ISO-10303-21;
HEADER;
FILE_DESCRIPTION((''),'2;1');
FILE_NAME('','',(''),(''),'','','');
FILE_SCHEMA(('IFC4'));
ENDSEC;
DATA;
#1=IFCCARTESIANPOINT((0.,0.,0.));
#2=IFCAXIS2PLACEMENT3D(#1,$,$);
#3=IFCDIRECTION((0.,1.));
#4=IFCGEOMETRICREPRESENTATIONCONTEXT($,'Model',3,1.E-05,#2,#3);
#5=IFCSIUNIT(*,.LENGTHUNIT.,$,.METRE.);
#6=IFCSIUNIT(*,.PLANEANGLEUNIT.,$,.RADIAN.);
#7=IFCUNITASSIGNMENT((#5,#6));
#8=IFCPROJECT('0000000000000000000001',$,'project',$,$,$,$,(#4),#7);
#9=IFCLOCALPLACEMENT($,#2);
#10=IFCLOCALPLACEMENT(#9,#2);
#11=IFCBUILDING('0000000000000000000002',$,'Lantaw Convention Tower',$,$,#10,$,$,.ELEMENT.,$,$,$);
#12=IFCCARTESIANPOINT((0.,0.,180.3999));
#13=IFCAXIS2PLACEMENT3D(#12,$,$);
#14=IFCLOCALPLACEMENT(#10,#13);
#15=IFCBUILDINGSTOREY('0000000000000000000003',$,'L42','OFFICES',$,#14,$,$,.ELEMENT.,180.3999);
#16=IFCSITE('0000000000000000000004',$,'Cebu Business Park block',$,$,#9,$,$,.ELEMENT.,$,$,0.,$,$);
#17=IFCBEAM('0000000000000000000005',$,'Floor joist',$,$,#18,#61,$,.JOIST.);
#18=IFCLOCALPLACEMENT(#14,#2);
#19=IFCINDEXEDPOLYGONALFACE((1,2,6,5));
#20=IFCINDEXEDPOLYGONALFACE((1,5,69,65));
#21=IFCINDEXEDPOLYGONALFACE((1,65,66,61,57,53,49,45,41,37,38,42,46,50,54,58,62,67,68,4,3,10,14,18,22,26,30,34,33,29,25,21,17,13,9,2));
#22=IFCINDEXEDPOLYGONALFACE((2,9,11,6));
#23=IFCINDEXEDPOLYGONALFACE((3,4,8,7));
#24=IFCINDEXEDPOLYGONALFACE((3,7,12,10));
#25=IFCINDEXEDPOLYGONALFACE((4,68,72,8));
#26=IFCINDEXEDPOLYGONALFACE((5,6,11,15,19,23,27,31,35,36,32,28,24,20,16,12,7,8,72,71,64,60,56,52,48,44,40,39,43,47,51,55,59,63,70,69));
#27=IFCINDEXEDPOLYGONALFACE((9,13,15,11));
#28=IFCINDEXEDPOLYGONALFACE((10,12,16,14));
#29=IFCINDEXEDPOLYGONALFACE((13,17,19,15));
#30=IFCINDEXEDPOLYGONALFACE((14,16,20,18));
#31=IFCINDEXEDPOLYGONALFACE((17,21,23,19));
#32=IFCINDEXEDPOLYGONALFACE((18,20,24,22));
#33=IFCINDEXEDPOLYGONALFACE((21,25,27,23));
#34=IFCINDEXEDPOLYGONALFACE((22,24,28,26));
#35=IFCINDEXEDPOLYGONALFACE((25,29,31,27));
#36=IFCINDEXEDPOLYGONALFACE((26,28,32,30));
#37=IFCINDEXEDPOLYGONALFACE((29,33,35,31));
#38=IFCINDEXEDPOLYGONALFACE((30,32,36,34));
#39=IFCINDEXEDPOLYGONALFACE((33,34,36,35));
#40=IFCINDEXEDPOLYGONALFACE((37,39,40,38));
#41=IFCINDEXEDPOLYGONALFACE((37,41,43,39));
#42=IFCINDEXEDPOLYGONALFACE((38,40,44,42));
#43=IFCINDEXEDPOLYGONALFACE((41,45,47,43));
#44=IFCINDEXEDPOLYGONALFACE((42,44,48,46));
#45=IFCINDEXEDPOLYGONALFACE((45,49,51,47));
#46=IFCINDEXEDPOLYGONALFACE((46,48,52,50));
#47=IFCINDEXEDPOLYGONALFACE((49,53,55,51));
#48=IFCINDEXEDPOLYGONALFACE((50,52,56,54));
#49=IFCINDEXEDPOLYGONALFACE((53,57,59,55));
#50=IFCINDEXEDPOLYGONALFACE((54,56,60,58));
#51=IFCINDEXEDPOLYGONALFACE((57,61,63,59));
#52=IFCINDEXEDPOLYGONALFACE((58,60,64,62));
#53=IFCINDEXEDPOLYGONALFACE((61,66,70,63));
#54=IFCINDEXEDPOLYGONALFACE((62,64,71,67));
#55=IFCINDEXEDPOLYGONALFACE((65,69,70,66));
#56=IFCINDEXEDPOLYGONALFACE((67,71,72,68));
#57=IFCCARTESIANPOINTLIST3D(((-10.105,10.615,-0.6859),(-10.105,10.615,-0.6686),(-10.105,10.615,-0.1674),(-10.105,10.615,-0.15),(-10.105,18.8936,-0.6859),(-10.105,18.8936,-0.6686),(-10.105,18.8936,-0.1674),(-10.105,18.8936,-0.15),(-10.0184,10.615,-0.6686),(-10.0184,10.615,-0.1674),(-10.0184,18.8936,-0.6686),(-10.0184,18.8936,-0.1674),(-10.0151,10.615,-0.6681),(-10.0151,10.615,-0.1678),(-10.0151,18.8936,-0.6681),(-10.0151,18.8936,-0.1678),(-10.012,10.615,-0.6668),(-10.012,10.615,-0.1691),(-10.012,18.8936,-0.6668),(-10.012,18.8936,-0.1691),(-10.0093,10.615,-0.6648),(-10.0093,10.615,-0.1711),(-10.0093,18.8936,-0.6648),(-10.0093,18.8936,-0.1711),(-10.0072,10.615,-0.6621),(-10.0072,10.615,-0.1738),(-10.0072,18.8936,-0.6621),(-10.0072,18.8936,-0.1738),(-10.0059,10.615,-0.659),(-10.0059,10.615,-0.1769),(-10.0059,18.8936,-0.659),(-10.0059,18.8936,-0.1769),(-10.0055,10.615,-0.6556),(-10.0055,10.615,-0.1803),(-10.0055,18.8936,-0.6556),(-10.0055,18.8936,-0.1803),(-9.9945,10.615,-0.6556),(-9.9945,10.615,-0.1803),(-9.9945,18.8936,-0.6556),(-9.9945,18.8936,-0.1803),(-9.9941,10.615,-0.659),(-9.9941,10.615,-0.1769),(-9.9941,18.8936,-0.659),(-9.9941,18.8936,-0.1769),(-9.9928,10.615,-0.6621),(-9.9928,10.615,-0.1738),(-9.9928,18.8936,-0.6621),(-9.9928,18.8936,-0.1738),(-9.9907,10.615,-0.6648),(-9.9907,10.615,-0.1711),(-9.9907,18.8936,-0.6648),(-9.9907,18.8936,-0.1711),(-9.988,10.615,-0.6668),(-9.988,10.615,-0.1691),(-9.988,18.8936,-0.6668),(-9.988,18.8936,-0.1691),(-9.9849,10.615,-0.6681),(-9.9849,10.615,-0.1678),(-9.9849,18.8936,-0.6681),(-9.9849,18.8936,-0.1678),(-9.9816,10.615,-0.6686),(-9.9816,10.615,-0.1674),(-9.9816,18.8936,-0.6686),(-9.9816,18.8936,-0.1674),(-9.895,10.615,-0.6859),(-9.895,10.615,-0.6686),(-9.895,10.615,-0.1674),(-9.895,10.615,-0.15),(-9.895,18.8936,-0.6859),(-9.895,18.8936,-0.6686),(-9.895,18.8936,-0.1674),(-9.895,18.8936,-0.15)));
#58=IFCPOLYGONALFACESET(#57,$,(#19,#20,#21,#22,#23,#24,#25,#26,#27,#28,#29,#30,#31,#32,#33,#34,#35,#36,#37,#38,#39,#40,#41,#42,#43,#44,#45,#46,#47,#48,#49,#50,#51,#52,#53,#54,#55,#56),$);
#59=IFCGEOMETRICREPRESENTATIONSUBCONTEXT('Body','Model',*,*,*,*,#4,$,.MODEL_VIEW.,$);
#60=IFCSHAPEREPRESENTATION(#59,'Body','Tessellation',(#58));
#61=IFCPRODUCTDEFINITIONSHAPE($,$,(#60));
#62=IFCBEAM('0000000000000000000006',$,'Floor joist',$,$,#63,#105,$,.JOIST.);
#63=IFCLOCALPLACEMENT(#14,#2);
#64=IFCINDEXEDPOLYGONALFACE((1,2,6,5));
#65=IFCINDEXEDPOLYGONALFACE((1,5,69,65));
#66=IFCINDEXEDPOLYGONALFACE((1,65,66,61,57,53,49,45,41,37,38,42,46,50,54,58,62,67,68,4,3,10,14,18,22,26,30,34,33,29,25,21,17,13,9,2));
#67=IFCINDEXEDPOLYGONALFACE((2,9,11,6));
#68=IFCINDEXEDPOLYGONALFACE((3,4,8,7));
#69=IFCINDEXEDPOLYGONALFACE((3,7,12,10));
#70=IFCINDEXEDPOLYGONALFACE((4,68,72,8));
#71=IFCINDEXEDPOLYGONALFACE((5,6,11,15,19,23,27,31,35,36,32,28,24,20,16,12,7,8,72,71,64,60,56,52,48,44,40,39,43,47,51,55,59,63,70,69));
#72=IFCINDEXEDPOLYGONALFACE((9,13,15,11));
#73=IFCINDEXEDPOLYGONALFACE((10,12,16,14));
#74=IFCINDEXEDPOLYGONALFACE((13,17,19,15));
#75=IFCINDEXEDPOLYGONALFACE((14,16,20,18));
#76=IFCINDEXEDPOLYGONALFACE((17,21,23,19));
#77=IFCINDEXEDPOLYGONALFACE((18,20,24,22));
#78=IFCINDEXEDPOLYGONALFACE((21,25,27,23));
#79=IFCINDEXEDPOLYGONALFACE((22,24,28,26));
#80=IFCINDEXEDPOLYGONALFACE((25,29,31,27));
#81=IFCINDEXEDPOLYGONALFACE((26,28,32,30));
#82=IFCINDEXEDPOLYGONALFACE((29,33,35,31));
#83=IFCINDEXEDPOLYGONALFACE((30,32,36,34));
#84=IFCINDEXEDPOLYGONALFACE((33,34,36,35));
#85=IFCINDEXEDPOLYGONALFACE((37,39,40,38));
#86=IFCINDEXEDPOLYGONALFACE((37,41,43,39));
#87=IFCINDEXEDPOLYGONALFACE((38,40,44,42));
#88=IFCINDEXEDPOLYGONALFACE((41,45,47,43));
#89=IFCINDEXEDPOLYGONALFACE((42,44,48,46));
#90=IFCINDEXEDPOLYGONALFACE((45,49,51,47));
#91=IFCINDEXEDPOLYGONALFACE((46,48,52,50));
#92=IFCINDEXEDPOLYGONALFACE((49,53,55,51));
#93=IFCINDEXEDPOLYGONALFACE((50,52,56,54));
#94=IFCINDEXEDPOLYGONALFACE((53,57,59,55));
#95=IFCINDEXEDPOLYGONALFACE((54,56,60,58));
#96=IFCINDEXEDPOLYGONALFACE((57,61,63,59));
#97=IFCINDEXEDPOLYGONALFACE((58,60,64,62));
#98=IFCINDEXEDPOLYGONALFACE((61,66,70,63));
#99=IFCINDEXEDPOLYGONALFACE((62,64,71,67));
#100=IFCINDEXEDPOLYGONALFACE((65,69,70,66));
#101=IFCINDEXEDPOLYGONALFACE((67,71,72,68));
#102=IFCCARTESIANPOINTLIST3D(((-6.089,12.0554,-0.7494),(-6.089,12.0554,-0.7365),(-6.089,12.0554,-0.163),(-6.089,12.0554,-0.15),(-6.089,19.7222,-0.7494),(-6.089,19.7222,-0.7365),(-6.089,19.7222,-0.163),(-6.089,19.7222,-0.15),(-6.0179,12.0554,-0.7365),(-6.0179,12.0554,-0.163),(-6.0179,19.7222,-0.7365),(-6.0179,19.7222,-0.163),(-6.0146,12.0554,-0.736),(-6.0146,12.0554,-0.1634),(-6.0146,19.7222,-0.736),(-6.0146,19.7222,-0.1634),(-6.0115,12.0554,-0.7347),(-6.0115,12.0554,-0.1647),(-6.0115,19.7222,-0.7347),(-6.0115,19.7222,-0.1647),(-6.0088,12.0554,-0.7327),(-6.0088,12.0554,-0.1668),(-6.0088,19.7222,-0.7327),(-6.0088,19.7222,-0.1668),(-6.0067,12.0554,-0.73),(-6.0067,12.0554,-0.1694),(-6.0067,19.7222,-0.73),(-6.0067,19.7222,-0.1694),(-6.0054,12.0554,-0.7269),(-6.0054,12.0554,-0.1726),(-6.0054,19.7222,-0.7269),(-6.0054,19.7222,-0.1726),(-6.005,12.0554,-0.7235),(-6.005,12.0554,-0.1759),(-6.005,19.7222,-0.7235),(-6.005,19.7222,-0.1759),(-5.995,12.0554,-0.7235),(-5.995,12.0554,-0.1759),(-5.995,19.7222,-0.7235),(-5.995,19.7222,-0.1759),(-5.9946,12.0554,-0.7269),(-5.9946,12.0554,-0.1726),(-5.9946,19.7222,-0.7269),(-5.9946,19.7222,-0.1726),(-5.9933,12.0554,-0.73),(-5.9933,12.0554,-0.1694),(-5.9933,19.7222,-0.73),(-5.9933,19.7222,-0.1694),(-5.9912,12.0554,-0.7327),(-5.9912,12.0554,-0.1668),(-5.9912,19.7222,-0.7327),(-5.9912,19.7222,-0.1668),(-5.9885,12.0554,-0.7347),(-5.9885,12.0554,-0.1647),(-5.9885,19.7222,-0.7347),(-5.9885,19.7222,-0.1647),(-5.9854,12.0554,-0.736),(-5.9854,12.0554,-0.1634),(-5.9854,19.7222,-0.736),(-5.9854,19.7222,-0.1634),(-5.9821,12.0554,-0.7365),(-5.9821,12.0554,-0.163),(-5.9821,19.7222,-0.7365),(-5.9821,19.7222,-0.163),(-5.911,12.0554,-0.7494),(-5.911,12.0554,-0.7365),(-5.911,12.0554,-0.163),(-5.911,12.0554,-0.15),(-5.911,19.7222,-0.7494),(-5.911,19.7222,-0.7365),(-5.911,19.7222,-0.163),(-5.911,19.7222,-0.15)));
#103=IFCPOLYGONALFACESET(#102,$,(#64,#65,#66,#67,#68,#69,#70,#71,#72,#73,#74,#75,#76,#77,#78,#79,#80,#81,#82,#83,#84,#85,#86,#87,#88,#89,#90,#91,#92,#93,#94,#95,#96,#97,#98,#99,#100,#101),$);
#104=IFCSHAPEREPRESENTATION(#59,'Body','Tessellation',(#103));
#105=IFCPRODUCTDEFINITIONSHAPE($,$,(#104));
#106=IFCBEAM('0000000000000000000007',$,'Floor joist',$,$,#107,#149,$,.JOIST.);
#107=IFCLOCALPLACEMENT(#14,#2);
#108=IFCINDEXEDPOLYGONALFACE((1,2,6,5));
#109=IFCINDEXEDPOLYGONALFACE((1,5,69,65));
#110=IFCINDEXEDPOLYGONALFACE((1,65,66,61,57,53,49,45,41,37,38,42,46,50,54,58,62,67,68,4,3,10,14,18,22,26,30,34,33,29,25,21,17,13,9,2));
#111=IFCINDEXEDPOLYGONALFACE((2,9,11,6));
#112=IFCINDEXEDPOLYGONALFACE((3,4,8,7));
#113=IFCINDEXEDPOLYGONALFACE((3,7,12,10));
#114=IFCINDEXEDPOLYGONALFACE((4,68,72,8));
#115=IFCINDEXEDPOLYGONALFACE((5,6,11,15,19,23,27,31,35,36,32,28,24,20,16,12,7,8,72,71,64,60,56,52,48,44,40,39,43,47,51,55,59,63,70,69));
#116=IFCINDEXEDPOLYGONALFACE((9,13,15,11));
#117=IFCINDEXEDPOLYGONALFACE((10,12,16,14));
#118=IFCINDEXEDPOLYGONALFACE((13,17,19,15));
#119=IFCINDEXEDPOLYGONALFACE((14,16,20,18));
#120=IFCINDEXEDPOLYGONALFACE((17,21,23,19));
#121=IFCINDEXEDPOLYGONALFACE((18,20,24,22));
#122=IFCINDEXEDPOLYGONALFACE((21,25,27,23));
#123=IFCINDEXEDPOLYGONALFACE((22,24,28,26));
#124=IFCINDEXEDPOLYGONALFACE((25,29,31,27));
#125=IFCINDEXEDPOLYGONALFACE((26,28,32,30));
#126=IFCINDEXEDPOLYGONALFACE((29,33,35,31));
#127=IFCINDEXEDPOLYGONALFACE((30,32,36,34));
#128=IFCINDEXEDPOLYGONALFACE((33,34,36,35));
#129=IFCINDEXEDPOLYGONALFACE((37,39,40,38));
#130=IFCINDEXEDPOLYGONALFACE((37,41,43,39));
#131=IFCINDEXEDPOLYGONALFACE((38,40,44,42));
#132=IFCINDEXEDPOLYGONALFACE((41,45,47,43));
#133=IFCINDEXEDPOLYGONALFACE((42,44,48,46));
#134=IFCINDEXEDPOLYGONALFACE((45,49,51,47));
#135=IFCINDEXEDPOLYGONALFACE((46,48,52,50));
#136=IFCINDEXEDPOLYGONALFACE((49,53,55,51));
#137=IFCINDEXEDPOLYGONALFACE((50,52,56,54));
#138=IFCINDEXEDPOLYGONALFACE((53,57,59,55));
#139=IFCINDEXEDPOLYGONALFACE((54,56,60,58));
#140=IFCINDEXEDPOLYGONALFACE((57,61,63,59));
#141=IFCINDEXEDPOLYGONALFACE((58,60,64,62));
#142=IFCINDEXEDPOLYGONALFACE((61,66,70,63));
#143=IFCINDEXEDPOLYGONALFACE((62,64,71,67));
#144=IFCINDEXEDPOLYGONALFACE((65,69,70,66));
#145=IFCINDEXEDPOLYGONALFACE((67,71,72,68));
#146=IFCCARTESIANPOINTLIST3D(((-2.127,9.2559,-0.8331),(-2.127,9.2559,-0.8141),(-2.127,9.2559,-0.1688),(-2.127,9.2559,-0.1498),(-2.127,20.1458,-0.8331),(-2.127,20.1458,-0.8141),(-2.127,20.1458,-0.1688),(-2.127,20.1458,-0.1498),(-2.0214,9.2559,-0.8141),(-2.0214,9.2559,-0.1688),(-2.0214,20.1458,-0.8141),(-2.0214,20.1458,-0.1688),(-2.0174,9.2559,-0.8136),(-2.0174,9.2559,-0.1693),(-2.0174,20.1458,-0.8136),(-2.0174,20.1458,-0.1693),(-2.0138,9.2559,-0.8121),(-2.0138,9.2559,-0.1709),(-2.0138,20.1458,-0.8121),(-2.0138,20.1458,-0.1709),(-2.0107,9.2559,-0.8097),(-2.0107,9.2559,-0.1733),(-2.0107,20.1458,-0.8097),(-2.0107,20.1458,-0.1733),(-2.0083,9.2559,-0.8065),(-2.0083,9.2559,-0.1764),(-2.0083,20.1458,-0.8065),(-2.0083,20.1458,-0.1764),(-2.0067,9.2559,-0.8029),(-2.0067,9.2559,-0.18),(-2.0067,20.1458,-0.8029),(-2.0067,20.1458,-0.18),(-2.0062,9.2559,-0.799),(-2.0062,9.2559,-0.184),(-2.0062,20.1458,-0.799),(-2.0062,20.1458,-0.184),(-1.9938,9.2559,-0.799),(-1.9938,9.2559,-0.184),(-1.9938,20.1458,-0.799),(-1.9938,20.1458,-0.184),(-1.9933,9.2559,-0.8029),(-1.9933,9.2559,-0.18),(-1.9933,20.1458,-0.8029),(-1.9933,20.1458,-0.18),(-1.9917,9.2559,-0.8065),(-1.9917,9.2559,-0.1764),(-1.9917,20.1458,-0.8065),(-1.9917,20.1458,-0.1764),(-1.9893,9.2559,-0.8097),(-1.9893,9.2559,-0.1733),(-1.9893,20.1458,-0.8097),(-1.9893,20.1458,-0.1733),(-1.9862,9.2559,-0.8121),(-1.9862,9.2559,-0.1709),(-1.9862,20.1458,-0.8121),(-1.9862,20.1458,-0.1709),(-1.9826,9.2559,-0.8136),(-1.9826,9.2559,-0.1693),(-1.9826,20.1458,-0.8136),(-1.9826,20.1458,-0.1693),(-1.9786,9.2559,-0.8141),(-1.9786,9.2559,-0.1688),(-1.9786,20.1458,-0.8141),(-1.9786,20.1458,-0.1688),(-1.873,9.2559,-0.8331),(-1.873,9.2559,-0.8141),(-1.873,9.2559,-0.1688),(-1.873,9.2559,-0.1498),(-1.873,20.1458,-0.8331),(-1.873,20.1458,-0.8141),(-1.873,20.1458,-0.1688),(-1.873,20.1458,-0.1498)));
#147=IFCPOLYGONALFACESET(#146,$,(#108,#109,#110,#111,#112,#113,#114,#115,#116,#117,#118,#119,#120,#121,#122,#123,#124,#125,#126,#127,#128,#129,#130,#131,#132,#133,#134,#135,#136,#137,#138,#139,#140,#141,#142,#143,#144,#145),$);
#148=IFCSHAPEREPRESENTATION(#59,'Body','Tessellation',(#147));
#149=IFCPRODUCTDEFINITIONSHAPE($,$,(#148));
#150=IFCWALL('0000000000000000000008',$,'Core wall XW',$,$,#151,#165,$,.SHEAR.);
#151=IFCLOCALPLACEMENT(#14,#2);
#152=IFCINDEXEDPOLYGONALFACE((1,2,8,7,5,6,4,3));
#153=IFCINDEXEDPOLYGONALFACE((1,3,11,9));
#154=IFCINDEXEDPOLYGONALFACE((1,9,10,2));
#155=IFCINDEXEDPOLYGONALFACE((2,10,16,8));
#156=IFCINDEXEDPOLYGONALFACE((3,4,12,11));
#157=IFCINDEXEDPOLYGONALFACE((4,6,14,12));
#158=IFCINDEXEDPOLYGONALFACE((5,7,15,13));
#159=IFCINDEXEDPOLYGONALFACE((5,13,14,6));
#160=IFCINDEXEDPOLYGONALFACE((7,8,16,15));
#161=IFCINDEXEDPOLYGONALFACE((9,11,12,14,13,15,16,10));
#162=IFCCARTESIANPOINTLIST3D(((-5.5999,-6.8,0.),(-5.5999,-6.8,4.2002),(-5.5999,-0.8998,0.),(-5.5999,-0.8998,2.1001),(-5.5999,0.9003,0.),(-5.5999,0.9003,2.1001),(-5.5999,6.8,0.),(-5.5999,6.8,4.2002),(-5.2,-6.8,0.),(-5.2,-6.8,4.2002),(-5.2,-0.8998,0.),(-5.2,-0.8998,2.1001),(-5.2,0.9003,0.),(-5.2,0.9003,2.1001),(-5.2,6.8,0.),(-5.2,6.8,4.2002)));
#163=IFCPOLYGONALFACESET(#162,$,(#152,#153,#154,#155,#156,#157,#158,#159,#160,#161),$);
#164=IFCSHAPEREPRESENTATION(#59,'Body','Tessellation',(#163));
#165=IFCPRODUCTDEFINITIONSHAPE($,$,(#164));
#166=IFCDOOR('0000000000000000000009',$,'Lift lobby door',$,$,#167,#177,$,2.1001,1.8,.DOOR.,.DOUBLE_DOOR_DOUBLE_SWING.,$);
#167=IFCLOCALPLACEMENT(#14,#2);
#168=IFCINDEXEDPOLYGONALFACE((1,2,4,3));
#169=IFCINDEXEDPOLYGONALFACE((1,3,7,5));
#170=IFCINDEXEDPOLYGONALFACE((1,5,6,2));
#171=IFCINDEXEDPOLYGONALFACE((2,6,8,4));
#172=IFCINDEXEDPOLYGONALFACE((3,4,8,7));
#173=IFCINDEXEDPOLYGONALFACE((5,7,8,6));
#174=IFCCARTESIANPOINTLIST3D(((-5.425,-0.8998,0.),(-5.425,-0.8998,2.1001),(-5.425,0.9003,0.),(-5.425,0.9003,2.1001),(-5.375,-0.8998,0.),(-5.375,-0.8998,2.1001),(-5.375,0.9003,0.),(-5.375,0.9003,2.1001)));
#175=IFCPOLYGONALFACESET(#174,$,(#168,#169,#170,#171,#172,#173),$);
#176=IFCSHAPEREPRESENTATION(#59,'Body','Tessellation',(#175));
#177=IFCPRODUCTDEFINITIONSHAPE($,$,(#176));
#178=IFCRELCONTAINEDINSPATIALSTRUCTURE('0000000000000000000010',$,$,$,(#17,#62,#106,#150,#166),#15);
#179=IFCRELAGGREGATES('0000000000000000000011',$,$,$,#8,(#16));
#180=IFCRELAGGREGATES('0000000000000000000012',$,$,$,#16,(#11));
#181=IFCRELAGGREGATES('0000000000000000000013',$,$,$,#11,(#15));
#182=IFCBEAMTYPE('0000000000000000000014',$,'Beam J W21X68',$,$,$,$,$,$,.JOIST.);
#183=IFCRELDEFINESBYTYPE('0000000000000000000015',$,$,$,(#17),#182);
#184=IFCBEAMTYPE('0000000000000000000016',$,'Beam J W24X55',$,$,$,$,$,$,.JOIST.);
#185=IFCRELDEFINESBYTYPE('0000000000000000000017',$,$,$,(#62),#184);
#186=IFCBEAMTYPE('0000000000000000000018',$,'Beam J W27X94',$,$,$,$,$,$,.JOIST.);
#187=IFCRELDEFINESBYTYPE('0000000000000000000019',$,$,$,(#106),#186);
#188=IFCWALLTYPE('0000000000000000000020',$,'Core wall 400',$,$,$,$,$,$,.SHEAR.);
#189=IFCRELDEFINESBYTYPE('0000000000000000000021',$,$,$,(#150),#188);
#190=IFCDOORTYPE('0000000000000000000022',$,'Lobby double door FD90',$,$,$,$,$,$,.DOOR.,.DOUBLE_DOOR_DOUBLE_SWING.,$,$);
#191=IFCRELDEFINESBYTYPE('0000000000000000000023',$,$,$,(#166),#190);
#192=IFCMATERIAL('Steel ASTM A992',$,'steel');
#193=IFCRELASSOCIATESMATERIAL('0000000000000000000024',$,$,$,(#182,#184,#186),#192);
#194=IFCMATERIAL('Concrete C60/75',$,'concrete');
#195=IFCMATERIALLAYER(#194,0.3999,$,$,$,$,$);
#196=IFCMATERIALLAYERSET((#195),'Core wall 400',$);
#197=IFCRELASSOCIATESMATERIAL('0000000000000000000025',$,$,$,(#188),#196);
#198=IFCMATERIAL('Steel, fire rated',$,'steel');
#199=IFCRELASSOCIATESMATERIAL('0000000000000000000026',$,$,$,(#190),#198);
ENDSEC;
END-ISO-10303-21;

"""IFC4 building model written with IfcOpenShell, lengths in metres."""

from ifc_helpers import new_model, si_unit, direction, frame, frame_2d, origin, origin_2d, place, context, subcontext, project, spatial, rectangle, i_section, extrude, material, layer, layer_set, material_profile, profile_set, type_object, element, fill, save


model = new_model("IFC4")

# Units and contexts
model_context = context("Model", 3, precision=1e-05, world=origin(), true_north=direction((0.0, 1.0)))
body_context = subcontext(model_context, "Body", "Model", "MODEL_VIEW")
ifc_project = project(units=[si_unit("LENGTHUNIT", "METRE"), si_unit("PLANEANGLEUNIT", "RADIAN")], contexts=[model_context])

# Site, building, storey
site_placement = place(None, origin())
site = spatial("IfcSite", under=ifc_project, at=site_placement, Name="Cebu Business Park block", CompositionType="ELEMENT", RefElevation=0.0)
building_placement = place(site_placement, origin())
building = spatial("IfcBuilding", under=site, at=building_placement, Name="Lantaw Convention Tower", CompositionType="ELEMENT")
storey_placement = place(building_placement, frame((0.0, 0.0, 180.3999)))
storey = spatial("IfcBuildingStorey", under=building, at=storey_placement, Name="L42", Description="OFFICES", CompositionType="ELEMENT", Elevation=180.3999)

# Shared definitions
ifc_material_1 = material(Name="Concrete C60/75", Category="concrete")

# Beams
ifc_material_2 = material(Name="Steel ASTM A992", Category="steel")
ifc_material_profile_1 = material_profile(ifc_material_2, i_section(OverallWidth=0.21, OverallDepth=0.5359, WebThickness=0.011, FlangeThickness=0.0173, FilletRadius=0.0129, at=origin_2d()), Name="W21X68")
ifc_profile_set_1 = profile_set([ifc_material_profile_1], Name="Steel ASTM A992")
beam_type_1 = type_object("IfcBeamType", Name="Beam J W21X68", PredefinedType="JOIST", material=ifc_profile_set_1)
beam_1_placement = place(storey_placement, frame((-10.0, 10.615, -0.418), z_axis=(0.0, 1.0, 0.0), x_axis=(-1.0, 0.0, 0.0)))
element("IfcBeam", 1, at=beam_1_placement, inside=storey, type_object=beam_type_1, Name="Floor joist", PredefinedType="JOIST", context=body_context, shape_type="SweptSolid", body=[
    extrude(i_section(OverallWidth=0.21, OverallDepth=0.5359, WebThickness=0.011, FlangeThickness=0.0173, FilletRadius=0.0129, at=origin_2d()), origin(), (0.0, 0.0, 1.0), 8.2786),
])
ifc_material_profile_2 = material_profile(ifc_material_2, i_section(OverallWidth=0.178, OverallDepth=0.5994, WebThickness=0.01, FlangeThickness=0.0129, FilletRadius=0.0129, at=origin_2d()), Name="W24X55")
ifc_profile_set_2 = profile_set([ifc_material_profile_2], Name="Steel ASTM A992")
beam_type_2 = type_object("IfcBeamType", Name="Beam J W24X55", PredefinedType="JOIST", material=ifc_profile_set_2)
beam_2_placement = place(storey_placement, frame((-6.0, 12.0554, -0.4497), z_axis=(0.0, 1.0, 0.0), x_axis=(-1.0, 0.0, 0.0)))
element("IfcBeam", 2, at=beam_2_placement, inside=storey, type_object=beam_type_2, Name="Floor joist", PredefinedType="JOIST", context=body_context, shape_type="SweptSolid", body=[
    extrude(i_section(OverallWidth=0.178, OverallDepth=0.5994, WebThickness=0.01, FlangeThickness=0.0129, FilletRadius=0.0129, at=origin_2d()), origin(), (0.0, 0.0, 1.0), 7.6667),
])
ifc_material_profile_3 = material_profile(ifc_material_2, i_section(OverallWidth=0.2539, OverallDepth=0.6833, WebThickness=0.0125, FlangeThickness=0.019, FilletRadius=0.0151, at=origin_2d()), Name="W27X94")
ifc_profile_set_3 = profile_set([ifc_material_profile_3], Name="Steel ASTM A992")
beam_type_3 = type_object("IfcBeamType", Name="Beam J W27X94", PredefinedType="JOIST", material=ifc_profile_set_3)
beam_3_placement = place(storey_placement, frame((-2.0, 9.2559, -0.4915), z_axis=(0.0, 1.0, 0.0), x_axis=(-1.0, 0.0, 0.0)))
element("IfcBeam", 3, at=beam_3_placement, inside=storey, type_object=beam_type_3, Name="Floor joist", PredefinedType="JOIST", context=body_context, shape_type="SweptSolid", body=[
    extrude(i_section(OverallWidth=0.2539, OverallDepth=0.6833, WebThickness=0.0125, FlangeThickness=0.019, FilletRadius=0.0151, at=origin_2d()), origin(), (0.0, 0.0, 1.0), 10.8899),
])

# Wall, opening, door
ifc_layer_1 = layer(ifc_material_1, 0.3999)
ifc_layer_set_1 = layer_set([ifc_layer_1], Name="Core wall 400")
wall_type_1 = type_object("IfcWallType", Name="Core wall 400", PredefinedType="SHEAR", material=ifc_layer_set_1)
wall_1_placement = place(storey_placement, frame((-5.3999, 6.8, 0.0), z_axis=(0.0, 0.0, 1.0), x_axis=(0.0, -1.0, 0.0)))
wall_1 = element("IfcWall", 4, at=wall_1_placement, inside=storey, type_object=wall_type_1, Name="Core wall XW", PredefinedType="SHEAR", context=body_context, shape_type="SweptSolid", body=[
    extrude(rectangle(XDim=13.6001, YDim=0.3999, at=frame_2d((6.8, 0.0))), origin(), (0.0, 0.0, 1.0), 4.2002),
])
opening_1_placement = place(wall_1_placement, frame((5.8999, 0.0, 0.0)))
opening_1 = element("IfcOpeningElement", 5, at=opening_1_placement, cuts=wall_1, PredefinedType="OPENING", context=body_context, shape_type="SweptSolid", body=[
    extrude(rectangle(XDim=1.8, YDim=2.1001, at=frame_2d((0.8999, 1.05))), frame((0.0, 0.21, 0.0), z_axis=(0.0, -1.0, 0.0), x_axis=(1.0, 0.0, 0.0)), (0.0, 0.0, 1.0), 0.4199),
])
ifc_material_3 = material(Name="Steel, fire rated", Category="steel")
door_type_1 = type_object("IfcDoorType", Name="Lobby double door FD90", OperationType="DOUBLE_DOOR_DOUBLE_SWING", PredefinedType="DOOR", material=ifc_material_3)
door_1_placement = place(opening_1_placement, origin())
door_1 = element("IfcDoor", 6, at=door_1_placement, inside=storey, type_object=door_type_1, Name="Lift lobby door", OperationType="DOUBLE_DOOR_DOUBLE_SWING", OverallHeight=2.1001, OverallWidth=1.8, PredefinedType="DOOR", context=body_context, shape_type="SweptSolid", body=[
    extrude(rectangle(XDim=1.8, YDim=2.1001, at=frame_2d((0.8999, 1.05))), frame((0.0, 0.0249, 0.0), z_axis=(0.0, -1.0, 0.0), x_axis=(1.0, 0.0, 0.0)), (0.0, 0.0, 1.0), 0.05),
])
fill(opening_1, door_1)

save(model, "model.ifc")
